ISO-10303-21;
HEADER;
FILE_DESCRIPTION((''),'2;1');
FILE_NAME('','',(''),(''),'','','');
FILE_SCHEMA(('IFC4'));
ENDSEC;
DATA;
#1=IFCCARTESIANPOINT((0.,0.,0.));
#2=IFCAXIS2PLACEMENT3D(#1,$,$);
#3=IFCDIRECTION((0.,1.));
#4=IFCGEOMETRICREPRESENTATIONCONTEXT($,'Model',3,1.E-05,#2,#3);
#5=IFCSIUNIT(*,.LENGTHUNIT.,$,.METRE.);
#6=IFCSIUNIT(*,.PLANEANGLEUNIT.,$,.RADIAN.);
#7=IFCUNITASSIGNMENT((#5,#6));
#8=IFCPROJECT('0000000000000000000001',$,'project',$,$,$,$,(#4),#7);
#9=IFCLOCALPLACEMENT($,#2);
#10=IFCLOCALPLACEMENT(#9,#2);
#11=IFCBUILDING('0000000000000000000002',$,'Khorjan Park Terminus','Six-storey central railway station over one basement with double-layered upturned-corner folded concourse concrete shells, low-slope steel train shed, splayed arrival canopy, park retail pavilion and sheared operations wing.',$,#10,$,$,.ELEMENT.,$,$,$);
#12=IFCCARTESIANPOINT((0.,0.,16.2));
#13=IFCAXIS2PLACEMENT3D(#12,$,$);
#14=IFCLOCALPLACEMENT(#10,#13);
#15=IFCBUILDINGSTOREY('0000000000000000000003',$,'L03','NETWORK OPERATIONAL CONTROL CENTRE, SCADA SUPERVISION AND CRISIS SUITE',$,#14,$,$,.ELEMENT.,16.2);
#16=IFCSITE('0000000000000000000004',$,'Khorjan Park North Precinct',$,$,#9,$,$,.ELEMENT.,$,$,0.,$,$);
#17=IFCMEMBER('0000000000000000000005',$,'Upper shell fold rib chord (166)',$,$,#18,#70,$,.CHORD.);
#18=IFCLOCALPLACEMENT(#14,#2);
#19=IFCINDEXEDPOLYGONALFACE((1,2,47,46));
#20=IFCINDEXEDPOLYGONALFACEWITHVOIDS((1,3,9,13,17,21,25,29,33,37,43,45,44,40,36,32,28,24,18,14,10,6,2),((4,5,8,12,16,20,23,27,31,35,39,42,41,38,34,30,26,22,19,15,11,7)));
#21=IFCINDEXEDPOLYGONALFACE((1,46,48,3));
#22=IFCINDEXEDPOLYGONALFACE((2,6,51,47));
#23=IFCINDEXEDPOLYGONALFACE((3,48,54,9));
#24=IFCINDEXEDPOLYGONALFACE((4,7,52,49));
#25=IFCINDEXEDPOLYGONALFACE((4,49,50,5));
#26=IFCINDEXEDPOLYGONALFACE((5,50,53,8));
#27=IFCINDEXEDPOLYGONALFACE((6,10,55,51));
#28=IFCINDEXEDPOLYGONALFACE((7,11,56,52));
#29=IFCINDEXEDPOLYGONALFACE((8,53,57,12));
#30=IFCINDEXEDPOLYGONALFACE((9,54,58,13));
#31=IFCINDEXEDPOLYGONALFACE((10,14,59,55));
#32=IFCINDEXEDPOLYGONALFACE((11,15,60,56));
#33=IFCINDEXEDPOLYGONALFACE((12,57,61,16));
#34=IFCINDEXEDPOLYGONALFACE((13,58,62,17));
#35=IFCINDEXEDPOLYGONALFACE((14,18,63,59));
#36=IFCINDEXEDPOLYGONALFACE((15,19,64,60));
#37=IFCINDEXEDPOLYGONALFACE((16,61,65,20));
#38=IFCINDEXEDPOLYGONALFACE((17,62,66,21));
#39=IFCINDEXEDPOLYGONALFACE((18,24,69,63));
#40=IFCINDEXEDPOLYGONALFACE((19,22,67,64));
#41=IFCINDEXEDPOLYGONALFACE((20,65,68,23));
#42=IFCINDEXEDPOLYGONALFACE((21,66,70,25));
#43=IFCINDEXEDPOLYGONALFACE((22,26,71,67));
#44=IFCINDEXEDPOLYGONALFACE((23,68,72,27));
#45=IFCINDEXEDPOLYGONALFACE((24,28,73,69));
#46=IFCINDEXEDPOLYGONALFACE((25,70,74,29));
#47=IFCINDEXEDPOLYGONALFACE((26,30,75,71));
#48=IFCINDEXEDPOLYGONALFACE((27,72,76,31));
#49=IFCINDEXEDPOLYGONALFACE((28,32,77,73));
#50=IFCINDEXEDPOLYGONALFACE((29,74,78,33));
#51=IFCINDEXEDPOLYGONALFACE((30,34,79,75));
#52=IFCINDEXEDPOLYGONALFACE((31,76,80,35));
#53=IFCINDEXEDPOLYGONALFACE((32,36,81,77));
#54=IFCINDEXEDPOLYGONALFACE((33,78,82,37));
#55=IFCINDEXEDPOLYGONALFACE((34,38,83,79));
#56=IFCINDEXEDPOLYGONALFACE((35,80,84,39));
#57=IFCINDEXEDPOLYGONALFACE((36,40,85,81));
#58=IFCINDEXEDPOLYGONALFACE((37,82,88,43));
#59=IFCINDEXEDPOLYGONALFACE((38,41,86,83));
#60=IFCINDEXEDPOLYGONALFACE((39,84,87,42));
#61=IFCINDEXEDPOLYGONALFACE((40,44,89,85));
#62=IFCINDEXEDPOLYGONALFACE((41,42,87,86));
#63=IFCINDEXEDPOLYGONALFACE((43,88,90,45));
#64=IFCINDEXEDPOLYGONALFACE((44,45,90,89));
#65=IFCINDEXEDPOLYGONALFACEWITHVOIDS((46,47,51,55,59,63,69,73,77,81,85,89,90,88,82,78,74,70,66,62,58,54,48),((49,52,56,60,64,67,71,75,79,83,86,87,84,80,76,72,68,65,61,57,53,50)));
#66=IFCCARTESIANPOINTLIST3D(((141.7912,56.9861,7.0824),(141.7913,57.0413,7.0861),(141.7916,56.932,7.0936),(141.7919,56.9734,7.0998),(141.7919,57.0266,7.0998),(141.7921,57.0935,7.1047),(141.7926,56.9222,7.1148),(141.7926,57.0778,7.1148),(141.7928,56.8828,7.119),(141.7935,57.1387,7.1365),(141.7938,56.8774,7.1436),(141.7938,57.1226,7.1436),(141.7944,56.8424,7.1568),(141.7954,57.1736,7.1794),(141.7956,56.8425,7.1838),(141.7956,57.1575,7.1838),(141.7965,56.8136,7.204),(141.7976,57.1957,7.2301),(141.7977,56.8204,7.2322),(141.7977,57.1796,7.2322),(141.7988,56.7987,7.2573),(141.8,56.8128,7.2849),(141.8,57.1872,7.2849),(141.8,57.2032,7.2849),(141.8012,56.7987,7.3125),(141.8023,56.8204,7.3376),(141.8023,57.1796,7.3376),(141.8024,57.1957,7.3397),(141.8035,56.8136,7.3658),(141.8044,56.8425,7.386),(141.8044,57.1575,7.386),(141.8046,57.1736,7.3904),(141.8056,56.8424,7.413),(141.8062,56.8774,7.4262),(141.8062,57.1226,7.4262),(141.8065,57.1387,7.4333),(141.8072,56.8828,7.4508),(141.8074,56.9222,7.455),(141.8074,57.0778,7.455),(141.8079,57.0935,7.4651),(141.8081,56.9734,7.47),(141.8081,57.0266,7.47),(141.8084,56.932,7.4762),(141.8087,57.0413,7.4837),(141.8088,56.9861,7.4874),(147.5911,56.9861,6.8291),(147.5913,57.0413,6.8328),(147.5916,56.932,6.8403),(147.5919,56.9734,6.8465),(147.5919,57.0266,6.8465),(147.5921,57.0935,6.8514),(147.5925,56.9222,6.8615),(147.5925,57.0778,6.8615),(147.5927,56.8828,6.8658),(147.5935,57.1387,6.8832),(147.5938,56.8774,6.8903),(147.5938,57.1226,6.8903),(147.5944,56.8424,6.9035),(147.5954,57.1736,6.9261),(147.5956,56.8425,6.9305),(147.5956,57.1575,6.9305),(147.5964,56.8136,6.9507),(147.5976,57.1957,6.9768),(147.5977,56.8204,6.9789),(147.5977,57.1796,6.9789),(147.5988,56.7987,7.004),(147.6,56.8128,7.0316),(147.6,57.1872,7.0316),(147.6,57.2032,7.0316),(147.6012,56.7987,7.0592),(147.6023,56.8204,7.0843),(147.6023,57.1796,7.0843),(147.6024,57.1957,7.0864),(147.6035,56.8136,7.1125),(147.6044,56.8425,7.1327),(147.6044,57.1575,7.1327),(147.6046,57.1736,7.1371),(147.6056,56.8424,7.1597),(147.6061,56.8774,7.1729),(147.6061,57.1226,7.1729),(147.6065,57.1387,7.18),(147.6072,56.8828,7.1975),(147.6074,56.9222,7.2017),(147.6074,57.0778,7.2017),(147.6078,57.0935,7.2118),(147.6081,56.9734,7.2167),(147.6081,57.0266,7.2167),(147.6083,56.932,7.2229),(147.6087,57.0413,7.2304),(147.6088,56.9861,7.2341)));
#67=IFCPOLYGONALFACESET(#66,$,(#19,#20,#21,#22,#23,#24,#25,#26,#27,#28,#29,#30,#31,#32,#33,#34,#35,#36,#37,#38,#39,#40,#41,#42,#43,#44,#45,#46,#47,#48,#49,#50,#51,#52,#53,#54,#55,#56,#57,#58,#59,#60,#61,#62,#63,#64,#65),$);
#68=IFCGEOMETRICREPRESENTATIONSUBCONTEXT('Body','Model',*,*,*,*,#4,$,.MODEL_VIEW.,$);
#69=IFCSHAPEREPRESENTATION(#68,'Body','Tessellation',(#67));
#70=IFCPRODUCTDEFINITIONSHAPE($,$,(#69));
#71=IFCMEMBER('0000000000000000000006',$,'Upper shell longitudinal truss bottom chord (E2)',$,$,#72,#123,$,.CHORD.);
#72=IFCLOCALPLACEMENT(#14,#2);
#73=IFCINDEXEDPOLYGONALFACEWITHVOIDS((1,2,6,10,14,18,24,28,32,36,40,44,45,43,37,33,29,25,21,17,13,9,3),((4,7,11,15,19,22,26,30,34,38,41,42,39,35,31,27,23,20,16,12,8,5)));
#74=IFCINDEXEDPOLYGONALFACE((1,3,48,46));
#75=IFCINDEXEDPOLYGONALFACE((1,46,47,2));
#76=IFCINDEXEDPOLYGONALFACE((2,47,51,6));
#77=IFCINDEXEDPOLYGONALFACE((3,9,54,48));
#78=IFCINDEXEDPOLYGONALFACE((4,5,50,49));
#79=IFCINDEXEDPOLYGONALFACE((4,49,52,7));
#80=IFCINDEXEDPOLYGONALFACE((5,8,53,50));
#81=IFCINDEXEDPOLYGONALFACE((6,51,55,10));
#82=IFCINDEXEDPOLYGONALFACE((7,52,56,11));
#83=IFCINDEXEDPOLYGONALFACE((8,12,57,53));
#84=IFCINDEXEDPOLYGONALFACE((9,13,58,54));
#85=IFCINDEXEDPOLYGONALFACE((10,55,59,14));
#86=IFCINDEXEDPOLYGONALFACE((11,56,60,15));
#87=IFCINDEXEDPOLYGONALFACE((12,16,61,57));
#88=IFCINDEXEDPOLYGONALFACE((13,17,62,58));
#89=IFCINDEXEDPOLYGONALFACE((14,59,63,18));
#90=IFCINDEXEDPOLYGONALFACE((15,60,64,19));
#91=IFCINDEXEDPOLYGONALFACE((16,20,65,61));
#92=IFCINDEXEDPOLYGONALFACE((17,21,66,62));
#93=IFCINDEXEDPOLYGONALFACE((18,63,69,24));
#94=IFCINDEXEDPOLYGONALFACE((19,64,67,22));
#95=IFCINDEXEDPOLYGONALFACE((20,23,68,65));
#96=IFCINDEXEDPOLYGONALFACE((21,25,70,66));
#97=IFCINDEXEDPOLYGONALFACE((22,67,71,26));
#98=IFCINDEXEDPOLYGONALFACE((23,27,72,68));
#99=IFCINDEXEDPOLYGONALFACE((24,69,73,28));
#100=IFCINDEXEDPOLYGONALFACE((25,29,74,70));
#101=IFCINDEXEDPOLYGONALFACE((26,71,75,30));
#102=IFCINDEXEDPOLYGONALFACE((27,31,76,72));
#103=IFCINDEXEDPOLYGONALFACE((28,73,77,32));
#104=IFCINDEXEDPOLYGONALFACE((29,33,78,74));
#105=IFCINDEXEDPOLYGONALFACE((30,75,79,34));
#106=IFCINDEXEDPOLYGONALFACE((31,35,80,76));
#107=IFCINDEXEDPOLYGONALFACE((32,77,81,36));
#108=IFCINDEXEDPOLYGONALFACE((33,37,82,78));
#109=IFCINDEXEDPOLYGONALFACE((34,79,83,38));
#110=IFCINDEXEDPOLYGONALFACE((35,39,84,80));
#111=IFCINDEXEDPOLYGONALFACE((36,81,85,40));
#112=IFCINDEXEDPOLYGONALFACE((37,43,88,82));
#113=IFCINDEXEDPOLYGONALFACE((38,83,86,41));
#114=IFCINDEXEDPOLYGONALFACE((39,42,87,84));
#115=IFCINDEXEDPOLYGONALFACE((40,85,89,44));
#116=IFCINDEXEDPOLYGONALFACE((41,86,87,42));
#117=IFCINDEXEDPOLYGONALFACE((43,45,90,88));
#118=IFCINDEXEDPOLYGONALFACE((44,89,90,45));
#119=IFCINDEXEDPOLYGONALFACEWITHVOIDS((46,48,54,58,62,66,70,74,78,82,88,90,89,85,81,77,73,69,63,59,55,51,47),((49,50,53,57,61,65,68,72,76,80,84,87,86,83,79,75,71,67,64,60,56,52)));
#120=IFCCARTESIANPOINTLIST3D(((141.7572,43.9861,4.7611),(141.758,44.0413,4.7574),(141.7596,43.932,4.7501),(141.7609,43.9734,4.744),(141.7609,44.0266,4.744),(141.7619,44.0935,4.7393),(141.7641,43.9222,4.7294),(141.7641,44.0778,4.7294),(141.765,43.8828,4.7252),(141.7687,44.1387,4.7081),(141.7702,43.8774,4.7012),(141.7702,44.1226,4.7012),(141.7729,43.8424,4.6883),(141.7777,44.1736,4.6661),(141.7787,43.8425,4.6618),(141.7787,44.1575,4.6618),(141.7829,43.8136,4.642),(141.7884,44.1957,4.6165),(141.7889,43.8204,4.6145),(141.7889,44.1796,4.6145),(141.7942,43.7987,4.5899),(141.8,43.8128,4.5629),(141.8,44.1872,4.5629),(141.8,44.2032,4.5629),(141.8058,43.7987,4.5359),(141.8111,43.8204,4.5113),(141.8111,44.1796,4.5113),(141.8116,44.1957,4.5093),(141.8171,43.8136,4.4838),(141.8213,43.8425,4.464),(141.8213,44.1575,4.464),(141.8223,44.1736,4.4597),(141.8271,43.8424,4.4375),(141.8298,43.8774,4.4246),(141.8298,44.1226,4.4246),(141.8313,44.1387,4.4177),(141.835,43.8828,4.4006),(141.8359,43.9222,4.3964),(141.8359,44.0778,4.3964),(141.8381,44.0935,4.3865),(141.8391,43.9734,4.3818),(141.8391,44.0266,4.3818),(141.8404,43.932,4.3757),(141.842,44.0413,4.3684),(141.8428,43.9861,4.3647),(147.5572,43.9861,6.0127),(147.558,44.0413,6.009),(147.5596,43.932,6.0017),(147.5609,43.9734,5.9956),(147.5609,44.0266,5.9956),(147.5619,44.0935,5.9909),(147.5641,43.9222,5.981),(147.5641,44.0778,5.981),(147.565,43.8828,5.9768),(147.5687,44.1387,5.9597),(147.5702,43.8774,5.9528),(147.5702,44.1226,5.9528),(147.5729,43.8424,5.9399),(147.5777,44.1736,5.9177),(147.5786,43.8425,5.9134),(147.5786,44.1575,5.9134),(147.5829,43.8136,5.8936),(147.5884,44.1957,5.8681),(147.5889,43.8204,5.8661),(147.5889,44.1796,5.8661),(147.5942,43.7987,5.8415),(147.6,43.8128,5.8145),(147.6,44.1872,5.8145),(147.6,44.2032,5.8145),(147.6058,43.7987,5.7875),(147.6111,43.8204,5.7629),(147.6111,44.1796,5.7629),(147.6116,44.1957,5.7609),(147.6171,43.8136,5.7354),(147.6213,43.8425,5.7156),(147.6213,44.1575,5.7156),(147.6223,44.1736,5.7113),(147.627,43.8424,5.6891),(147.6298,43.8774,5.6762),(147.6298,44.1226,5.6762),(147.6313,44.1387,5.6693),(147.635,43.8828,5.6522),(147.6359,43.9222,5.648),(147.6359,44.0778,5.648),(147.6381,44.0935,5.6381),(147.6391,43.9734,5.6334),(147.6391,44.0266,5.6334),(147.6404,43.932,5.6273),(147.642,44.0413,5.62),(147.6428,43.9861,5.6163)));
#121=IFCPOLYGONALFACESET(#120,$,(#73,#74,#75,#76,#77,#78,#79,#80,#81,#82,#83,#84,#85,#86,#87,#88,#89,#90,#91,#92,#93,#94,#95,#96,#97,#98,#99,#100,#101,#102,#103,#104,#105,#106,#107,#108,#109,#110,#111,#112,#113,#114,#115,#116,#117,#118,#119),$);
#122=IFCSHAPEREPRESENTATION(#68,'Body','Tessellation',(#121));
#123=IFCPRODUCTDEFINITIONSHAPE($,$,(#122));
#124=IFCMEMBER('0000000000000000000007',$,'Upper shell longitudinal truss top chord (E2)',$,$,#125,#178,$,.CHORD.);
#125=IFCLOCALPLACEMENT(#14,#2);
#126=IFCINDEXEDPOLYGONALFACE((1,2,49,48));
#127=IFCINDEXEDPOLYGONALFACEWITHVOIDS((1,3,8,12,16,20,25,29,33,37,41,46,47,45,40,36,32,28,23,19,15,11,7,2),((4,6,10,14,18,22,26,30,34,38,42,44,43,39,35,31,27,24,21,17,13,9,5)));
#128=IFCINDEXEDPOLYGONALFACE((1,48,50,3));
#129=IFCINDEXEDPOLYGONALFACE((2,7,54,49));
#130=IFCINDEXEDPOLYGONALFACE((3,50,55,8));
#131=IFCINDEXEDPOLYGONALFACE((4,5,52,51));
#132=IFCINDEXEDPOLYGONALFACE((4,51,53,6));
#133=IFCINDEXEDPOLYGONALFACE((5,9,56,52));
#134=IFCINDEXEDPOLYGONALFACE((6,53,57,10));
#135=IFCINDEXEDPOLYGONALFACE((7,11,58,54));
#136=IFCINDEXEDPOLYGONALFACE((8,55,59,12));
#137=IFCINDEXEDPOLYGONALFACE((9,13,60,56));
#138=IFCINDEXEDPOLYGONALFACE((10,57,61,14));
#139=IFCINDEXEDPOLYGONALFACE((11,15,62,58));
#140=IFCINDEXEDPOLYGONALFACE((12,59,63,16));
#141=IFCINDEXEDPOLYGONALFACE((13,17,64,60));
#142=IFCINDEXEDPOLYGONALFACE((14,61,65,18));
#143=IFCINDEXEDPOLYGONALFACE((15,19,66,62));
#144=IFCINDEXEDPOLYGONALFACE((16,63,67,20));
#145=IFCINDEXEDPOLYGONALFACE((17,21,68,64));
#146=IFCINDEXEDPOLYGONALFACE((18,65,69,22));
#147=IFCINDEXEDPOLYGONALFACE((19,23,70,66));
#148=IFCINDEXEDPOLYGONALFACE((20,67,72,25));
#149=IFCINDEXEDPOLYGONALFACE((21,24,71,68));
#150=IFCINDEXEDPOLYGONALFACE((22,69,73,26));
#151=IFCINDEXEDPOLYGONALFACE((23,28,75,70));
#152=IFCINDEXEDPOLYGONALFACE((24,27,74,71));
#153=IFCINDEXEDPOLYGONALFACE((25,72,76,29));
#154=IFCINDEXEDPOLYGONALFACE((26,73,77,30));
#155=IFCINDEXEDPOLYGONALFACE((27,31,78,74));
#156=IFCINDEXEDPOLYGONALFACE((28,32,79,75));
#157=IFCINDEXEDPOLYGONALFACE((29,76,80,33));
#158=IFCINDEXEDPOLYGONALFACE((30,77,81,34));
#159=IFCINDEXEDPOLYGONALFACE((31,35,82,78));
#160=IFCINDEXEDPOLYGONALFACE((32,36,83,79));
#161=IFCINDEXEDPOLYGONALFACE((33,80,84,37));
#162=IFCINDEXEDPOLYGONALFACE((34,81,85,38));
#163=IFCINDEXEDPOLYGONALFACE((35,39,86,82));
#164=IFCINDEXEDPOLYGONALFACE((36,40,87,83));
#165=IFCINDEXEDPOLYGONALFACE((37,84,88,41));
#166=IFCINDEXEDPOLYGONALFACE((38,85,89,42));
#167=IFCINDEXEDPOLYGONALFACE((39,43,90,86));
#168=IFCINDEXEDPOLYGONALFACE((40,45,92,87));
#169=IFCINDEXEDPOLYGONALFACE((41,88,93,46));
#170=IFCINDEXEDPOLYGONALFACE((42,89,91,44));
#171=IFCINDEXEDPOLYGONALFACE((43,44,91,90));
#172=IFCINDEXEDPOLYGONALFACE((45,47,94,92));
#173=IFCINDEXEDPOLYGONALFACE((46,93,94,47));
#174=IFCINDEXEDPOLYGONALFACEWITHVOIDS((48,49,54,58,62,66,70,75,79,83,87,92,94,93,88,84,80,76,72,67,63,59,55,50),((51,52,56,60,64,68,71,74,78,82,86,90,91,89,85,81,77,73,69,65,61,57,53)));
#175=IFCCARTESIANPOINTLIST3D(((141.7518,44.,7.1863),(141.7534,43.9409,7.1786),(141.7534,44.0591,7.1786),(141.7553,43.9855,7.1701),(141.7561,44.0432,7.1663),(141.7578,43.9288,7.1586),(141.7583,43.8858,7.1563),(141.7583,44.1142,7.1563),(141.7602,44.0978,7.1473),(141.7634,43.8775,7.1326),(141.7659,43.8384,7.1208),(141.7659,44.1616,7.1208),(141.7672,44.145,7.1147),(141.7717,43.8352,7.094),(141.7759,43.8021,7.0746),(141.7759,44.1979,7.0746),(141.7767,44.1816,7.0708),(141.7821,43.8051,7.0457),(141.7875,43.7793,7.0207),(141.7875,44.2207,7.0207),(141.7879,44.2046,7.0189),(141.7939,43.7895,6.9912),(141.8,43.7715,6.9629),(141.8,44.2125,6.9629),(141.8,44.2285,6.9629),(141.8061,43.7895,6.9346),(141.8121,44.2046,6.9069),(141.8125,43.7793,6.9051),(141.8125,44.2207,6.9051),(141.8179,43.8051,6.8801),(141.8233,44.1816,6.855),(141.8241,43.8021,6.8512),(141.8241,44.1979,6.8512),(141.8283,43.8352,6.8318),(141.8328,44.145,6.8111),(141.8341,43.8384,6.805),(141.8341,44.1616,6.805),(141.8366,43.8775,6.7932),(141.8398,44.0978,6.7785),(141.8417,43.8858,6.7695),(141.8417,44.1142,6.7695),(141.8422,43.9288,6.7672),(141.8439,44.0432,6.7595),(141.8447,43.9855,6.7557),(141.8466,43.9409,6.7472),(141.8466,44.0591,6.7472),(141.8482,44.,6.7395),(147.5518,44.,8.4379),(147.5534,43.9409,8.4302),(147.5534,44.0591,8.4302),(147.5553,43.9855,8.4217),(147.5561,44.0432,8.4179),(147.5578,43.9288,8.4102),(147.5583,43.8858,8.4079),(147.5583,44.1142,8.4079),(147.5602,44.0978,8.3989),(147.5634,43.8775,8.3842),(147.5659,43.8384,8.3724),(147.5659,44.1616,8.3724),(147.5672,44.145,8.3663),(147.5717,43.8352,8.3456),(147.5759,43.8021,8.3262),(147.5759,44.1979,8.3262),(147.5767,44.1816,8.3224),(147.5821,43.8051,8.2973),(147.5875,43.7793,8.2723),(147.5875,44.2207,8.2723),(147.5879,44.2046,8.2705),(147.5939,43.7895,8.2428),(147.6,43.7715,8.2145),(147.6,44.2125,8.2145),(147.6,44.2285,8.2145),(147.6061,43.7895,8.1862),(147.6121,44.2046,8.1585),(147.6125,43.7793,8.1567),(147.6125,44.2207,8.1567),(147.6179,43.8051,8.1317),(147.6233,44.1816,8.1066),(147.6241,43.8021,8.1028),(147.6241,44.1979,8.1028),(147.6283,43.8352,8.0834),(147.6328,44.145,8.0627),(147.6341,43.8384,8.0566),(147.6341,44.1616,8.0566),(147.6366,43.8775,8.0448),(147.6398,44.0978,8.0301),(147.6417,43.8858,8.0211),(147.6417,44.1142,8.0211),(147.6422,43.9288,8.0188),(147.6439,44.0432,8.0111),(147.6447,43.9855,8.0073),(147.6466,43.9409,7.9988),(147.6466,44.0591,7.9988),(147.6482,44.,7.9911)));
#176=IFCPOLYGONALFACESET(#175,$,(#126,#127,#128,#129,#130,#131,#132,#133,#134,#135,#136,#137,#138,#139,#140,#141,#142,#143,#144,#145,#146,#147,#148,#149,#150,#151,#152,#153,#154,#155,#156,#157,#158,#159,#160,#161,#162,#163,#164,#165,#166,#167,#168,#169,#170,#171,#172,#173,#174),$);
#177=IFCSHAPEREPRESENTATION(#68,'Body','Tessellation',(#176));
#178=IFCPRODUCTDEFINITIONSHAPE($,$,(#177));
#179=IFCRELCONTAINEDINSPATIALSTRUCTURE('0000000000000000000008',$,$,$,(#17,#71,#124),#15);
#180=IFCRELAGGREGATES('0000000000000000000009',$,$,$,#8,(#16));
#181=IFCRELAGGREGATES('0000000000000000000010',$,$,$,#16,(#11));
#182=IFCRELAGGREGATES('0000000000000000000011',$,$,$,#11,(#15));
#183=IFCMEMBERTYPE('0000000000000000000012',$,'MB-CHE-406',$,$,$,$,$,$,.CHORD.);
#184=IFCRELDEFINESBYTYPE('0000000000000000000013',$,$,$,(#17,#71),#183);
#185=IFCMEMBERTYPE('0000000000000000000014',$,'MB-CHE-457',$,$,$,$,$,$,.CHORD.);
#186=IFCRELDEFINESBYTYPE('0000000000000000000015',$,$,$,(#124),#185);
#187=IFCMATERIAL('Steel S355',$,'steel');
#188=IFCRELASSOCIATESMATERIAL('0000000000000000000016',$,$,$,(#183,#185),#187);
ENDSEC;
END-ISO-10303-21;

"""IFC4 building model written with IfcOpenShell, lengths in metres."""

from ifc_helpers import new_model, si_unit, direction, frame, origin, origin_2d, place, context, subcontext, project, spatial, hollow_circle, extrude, material, material_profile, profile_set, type_object, element, save


model = new_model("IFC4")

# Units and contexts
model_context = context("Model", 3, precision=1e-05, world=origin(), true_north=direction((0.0, 1.0)))
body_context = subcontext(model_context, "Body", "Model", "MODEL_VIEW")
ifc_project = project(units=[si_unit("LENGTHUNIT", "METRE"), si_unit("PLANEANGLEUNIT", "RADIAN")], contexts=[model_context])

# Site, building, storey
site_placement = place(None, origin())
site = spatial("IfcSite", under=ifc_project, at=site_placement, Name="Khorjan Park North Precinct", CompositionType="ELEMENT", RefElevation=0.0)
building_placement = place(site_placement, origin())
building = spatial("IfcBuilding", under=site, at=building_placement, Name="Khorjan Park Terminus", Description="Six-storey central railway station over one basement with double-layered upturned-corner folded concourse concrete shells, low-slope steel train shed, splayed arrival canopy, park retail pavilion and sheared operations wing.", CompositionType="ELEMENT")
storey_placement = place(building_placement, frame((0.0, 0.0, 16.2)))
storey = spatial("IfcBuildingStorey", under=building, at=storey_placement, Name="L03", Description="NETWORK OPERATIONAL CONTROL CENTRE, SCADA SUPERVISION AND CRISIS SUITE", CompositionType="ELEMENT", Elevation=16.2)

# Shared definitions
ifc_material_1 = material(Name="Steel S355", Category="steel")

# Members
ifc_material_profile_1 = material_profile(ifc_material_1, hollow_circle(Radius=0.2032, WallThickness=0.016, at=origin_2d()), Name="CHS 406.4x16")
ifc_profile_set_1 = profile_set([ifc_material_profile_1], Name="Steel S355")
member_type_1 = type_object("IfcMemberType", Name="MB-CHE-406", PredefinedType="CHORD", material=ifc_profile_set_1)
member_1_placement = place(storey_placement, frame((141.8, 57.0, 7.2849), z_axis=(0.999048, 0.0, -0.043631), x_axis=(0.0, 1.0, 0.0)))
element("IfcMember", 1, at=member_1_placement, inside=storey, type_object=member_type_1, Name="Upper shell fold rib chord (166)", PredefinedType="CHORD", context=body_context, shape_type="SweptSolid", body=[
    extrude(hollow_circle(Radius=0.2032, WallThickness=0.016, at=origin_2d()), origin(), (0.0, 0.0, 1.0), 5.8055),
])
member_2_placement = place(storey_placement, frame((141.8, 44.0, 4.5629), z_axis=(0.9775, 0.0, 0.210938), x_axis=(0.0, 1.0, 0.0)))
element("IfcMember", 2, at=member_2_placement, inside=storey, type_object=member_type_1, Name="Upper shell longitudinal truss bottom chord (E2)", PredefinedType="CHORD", context=body_context, shape_type="SweptSolid", body=[
    extrude(hollow_circle(Radius=0.2032, WallThickness=0.016, at=origin_2d()), origin(), (0.0, 0.0, 1.0), 5.9335),
])
ifc_material_profile_2 = material_profile(ifc_material_1, hollow_circle(Radius=0.2285, WallThickness=0.016, at=origin_2d()), Name="CHS 457x16")
ifc_profile_set_2 = profile_set([ifc_material_profile_2], Name="Steel S355")
member_type_2 = type_object("IfcMemberType", Name="MB-CHE-457", PredefinedType="CHORD", material=ifc_profile_set_2)
member_3_placement = place(storey_placement, frame((141.8, 44.0, 6.9629), z_axis=(0.9775, 0.0, 0.210938), x_axis=(0.0, 1.0, 0.0)))
element("IfcMember", 3, at=member_3_placement, inside=storey, type_object=member_type_2, Name="Upper shell longitudinal truss top chord (E2)", PredefinedType="CHORD", context=body_context, shape_type="SweptSolid", body=[
    extrude(hollow_circle(Radius=0.2285, WallThickness=0.016, at=origin_2d()), origin(), (0.0, 0.0, 1.0), 5.9335),
])

save(model, "model.ifc")
